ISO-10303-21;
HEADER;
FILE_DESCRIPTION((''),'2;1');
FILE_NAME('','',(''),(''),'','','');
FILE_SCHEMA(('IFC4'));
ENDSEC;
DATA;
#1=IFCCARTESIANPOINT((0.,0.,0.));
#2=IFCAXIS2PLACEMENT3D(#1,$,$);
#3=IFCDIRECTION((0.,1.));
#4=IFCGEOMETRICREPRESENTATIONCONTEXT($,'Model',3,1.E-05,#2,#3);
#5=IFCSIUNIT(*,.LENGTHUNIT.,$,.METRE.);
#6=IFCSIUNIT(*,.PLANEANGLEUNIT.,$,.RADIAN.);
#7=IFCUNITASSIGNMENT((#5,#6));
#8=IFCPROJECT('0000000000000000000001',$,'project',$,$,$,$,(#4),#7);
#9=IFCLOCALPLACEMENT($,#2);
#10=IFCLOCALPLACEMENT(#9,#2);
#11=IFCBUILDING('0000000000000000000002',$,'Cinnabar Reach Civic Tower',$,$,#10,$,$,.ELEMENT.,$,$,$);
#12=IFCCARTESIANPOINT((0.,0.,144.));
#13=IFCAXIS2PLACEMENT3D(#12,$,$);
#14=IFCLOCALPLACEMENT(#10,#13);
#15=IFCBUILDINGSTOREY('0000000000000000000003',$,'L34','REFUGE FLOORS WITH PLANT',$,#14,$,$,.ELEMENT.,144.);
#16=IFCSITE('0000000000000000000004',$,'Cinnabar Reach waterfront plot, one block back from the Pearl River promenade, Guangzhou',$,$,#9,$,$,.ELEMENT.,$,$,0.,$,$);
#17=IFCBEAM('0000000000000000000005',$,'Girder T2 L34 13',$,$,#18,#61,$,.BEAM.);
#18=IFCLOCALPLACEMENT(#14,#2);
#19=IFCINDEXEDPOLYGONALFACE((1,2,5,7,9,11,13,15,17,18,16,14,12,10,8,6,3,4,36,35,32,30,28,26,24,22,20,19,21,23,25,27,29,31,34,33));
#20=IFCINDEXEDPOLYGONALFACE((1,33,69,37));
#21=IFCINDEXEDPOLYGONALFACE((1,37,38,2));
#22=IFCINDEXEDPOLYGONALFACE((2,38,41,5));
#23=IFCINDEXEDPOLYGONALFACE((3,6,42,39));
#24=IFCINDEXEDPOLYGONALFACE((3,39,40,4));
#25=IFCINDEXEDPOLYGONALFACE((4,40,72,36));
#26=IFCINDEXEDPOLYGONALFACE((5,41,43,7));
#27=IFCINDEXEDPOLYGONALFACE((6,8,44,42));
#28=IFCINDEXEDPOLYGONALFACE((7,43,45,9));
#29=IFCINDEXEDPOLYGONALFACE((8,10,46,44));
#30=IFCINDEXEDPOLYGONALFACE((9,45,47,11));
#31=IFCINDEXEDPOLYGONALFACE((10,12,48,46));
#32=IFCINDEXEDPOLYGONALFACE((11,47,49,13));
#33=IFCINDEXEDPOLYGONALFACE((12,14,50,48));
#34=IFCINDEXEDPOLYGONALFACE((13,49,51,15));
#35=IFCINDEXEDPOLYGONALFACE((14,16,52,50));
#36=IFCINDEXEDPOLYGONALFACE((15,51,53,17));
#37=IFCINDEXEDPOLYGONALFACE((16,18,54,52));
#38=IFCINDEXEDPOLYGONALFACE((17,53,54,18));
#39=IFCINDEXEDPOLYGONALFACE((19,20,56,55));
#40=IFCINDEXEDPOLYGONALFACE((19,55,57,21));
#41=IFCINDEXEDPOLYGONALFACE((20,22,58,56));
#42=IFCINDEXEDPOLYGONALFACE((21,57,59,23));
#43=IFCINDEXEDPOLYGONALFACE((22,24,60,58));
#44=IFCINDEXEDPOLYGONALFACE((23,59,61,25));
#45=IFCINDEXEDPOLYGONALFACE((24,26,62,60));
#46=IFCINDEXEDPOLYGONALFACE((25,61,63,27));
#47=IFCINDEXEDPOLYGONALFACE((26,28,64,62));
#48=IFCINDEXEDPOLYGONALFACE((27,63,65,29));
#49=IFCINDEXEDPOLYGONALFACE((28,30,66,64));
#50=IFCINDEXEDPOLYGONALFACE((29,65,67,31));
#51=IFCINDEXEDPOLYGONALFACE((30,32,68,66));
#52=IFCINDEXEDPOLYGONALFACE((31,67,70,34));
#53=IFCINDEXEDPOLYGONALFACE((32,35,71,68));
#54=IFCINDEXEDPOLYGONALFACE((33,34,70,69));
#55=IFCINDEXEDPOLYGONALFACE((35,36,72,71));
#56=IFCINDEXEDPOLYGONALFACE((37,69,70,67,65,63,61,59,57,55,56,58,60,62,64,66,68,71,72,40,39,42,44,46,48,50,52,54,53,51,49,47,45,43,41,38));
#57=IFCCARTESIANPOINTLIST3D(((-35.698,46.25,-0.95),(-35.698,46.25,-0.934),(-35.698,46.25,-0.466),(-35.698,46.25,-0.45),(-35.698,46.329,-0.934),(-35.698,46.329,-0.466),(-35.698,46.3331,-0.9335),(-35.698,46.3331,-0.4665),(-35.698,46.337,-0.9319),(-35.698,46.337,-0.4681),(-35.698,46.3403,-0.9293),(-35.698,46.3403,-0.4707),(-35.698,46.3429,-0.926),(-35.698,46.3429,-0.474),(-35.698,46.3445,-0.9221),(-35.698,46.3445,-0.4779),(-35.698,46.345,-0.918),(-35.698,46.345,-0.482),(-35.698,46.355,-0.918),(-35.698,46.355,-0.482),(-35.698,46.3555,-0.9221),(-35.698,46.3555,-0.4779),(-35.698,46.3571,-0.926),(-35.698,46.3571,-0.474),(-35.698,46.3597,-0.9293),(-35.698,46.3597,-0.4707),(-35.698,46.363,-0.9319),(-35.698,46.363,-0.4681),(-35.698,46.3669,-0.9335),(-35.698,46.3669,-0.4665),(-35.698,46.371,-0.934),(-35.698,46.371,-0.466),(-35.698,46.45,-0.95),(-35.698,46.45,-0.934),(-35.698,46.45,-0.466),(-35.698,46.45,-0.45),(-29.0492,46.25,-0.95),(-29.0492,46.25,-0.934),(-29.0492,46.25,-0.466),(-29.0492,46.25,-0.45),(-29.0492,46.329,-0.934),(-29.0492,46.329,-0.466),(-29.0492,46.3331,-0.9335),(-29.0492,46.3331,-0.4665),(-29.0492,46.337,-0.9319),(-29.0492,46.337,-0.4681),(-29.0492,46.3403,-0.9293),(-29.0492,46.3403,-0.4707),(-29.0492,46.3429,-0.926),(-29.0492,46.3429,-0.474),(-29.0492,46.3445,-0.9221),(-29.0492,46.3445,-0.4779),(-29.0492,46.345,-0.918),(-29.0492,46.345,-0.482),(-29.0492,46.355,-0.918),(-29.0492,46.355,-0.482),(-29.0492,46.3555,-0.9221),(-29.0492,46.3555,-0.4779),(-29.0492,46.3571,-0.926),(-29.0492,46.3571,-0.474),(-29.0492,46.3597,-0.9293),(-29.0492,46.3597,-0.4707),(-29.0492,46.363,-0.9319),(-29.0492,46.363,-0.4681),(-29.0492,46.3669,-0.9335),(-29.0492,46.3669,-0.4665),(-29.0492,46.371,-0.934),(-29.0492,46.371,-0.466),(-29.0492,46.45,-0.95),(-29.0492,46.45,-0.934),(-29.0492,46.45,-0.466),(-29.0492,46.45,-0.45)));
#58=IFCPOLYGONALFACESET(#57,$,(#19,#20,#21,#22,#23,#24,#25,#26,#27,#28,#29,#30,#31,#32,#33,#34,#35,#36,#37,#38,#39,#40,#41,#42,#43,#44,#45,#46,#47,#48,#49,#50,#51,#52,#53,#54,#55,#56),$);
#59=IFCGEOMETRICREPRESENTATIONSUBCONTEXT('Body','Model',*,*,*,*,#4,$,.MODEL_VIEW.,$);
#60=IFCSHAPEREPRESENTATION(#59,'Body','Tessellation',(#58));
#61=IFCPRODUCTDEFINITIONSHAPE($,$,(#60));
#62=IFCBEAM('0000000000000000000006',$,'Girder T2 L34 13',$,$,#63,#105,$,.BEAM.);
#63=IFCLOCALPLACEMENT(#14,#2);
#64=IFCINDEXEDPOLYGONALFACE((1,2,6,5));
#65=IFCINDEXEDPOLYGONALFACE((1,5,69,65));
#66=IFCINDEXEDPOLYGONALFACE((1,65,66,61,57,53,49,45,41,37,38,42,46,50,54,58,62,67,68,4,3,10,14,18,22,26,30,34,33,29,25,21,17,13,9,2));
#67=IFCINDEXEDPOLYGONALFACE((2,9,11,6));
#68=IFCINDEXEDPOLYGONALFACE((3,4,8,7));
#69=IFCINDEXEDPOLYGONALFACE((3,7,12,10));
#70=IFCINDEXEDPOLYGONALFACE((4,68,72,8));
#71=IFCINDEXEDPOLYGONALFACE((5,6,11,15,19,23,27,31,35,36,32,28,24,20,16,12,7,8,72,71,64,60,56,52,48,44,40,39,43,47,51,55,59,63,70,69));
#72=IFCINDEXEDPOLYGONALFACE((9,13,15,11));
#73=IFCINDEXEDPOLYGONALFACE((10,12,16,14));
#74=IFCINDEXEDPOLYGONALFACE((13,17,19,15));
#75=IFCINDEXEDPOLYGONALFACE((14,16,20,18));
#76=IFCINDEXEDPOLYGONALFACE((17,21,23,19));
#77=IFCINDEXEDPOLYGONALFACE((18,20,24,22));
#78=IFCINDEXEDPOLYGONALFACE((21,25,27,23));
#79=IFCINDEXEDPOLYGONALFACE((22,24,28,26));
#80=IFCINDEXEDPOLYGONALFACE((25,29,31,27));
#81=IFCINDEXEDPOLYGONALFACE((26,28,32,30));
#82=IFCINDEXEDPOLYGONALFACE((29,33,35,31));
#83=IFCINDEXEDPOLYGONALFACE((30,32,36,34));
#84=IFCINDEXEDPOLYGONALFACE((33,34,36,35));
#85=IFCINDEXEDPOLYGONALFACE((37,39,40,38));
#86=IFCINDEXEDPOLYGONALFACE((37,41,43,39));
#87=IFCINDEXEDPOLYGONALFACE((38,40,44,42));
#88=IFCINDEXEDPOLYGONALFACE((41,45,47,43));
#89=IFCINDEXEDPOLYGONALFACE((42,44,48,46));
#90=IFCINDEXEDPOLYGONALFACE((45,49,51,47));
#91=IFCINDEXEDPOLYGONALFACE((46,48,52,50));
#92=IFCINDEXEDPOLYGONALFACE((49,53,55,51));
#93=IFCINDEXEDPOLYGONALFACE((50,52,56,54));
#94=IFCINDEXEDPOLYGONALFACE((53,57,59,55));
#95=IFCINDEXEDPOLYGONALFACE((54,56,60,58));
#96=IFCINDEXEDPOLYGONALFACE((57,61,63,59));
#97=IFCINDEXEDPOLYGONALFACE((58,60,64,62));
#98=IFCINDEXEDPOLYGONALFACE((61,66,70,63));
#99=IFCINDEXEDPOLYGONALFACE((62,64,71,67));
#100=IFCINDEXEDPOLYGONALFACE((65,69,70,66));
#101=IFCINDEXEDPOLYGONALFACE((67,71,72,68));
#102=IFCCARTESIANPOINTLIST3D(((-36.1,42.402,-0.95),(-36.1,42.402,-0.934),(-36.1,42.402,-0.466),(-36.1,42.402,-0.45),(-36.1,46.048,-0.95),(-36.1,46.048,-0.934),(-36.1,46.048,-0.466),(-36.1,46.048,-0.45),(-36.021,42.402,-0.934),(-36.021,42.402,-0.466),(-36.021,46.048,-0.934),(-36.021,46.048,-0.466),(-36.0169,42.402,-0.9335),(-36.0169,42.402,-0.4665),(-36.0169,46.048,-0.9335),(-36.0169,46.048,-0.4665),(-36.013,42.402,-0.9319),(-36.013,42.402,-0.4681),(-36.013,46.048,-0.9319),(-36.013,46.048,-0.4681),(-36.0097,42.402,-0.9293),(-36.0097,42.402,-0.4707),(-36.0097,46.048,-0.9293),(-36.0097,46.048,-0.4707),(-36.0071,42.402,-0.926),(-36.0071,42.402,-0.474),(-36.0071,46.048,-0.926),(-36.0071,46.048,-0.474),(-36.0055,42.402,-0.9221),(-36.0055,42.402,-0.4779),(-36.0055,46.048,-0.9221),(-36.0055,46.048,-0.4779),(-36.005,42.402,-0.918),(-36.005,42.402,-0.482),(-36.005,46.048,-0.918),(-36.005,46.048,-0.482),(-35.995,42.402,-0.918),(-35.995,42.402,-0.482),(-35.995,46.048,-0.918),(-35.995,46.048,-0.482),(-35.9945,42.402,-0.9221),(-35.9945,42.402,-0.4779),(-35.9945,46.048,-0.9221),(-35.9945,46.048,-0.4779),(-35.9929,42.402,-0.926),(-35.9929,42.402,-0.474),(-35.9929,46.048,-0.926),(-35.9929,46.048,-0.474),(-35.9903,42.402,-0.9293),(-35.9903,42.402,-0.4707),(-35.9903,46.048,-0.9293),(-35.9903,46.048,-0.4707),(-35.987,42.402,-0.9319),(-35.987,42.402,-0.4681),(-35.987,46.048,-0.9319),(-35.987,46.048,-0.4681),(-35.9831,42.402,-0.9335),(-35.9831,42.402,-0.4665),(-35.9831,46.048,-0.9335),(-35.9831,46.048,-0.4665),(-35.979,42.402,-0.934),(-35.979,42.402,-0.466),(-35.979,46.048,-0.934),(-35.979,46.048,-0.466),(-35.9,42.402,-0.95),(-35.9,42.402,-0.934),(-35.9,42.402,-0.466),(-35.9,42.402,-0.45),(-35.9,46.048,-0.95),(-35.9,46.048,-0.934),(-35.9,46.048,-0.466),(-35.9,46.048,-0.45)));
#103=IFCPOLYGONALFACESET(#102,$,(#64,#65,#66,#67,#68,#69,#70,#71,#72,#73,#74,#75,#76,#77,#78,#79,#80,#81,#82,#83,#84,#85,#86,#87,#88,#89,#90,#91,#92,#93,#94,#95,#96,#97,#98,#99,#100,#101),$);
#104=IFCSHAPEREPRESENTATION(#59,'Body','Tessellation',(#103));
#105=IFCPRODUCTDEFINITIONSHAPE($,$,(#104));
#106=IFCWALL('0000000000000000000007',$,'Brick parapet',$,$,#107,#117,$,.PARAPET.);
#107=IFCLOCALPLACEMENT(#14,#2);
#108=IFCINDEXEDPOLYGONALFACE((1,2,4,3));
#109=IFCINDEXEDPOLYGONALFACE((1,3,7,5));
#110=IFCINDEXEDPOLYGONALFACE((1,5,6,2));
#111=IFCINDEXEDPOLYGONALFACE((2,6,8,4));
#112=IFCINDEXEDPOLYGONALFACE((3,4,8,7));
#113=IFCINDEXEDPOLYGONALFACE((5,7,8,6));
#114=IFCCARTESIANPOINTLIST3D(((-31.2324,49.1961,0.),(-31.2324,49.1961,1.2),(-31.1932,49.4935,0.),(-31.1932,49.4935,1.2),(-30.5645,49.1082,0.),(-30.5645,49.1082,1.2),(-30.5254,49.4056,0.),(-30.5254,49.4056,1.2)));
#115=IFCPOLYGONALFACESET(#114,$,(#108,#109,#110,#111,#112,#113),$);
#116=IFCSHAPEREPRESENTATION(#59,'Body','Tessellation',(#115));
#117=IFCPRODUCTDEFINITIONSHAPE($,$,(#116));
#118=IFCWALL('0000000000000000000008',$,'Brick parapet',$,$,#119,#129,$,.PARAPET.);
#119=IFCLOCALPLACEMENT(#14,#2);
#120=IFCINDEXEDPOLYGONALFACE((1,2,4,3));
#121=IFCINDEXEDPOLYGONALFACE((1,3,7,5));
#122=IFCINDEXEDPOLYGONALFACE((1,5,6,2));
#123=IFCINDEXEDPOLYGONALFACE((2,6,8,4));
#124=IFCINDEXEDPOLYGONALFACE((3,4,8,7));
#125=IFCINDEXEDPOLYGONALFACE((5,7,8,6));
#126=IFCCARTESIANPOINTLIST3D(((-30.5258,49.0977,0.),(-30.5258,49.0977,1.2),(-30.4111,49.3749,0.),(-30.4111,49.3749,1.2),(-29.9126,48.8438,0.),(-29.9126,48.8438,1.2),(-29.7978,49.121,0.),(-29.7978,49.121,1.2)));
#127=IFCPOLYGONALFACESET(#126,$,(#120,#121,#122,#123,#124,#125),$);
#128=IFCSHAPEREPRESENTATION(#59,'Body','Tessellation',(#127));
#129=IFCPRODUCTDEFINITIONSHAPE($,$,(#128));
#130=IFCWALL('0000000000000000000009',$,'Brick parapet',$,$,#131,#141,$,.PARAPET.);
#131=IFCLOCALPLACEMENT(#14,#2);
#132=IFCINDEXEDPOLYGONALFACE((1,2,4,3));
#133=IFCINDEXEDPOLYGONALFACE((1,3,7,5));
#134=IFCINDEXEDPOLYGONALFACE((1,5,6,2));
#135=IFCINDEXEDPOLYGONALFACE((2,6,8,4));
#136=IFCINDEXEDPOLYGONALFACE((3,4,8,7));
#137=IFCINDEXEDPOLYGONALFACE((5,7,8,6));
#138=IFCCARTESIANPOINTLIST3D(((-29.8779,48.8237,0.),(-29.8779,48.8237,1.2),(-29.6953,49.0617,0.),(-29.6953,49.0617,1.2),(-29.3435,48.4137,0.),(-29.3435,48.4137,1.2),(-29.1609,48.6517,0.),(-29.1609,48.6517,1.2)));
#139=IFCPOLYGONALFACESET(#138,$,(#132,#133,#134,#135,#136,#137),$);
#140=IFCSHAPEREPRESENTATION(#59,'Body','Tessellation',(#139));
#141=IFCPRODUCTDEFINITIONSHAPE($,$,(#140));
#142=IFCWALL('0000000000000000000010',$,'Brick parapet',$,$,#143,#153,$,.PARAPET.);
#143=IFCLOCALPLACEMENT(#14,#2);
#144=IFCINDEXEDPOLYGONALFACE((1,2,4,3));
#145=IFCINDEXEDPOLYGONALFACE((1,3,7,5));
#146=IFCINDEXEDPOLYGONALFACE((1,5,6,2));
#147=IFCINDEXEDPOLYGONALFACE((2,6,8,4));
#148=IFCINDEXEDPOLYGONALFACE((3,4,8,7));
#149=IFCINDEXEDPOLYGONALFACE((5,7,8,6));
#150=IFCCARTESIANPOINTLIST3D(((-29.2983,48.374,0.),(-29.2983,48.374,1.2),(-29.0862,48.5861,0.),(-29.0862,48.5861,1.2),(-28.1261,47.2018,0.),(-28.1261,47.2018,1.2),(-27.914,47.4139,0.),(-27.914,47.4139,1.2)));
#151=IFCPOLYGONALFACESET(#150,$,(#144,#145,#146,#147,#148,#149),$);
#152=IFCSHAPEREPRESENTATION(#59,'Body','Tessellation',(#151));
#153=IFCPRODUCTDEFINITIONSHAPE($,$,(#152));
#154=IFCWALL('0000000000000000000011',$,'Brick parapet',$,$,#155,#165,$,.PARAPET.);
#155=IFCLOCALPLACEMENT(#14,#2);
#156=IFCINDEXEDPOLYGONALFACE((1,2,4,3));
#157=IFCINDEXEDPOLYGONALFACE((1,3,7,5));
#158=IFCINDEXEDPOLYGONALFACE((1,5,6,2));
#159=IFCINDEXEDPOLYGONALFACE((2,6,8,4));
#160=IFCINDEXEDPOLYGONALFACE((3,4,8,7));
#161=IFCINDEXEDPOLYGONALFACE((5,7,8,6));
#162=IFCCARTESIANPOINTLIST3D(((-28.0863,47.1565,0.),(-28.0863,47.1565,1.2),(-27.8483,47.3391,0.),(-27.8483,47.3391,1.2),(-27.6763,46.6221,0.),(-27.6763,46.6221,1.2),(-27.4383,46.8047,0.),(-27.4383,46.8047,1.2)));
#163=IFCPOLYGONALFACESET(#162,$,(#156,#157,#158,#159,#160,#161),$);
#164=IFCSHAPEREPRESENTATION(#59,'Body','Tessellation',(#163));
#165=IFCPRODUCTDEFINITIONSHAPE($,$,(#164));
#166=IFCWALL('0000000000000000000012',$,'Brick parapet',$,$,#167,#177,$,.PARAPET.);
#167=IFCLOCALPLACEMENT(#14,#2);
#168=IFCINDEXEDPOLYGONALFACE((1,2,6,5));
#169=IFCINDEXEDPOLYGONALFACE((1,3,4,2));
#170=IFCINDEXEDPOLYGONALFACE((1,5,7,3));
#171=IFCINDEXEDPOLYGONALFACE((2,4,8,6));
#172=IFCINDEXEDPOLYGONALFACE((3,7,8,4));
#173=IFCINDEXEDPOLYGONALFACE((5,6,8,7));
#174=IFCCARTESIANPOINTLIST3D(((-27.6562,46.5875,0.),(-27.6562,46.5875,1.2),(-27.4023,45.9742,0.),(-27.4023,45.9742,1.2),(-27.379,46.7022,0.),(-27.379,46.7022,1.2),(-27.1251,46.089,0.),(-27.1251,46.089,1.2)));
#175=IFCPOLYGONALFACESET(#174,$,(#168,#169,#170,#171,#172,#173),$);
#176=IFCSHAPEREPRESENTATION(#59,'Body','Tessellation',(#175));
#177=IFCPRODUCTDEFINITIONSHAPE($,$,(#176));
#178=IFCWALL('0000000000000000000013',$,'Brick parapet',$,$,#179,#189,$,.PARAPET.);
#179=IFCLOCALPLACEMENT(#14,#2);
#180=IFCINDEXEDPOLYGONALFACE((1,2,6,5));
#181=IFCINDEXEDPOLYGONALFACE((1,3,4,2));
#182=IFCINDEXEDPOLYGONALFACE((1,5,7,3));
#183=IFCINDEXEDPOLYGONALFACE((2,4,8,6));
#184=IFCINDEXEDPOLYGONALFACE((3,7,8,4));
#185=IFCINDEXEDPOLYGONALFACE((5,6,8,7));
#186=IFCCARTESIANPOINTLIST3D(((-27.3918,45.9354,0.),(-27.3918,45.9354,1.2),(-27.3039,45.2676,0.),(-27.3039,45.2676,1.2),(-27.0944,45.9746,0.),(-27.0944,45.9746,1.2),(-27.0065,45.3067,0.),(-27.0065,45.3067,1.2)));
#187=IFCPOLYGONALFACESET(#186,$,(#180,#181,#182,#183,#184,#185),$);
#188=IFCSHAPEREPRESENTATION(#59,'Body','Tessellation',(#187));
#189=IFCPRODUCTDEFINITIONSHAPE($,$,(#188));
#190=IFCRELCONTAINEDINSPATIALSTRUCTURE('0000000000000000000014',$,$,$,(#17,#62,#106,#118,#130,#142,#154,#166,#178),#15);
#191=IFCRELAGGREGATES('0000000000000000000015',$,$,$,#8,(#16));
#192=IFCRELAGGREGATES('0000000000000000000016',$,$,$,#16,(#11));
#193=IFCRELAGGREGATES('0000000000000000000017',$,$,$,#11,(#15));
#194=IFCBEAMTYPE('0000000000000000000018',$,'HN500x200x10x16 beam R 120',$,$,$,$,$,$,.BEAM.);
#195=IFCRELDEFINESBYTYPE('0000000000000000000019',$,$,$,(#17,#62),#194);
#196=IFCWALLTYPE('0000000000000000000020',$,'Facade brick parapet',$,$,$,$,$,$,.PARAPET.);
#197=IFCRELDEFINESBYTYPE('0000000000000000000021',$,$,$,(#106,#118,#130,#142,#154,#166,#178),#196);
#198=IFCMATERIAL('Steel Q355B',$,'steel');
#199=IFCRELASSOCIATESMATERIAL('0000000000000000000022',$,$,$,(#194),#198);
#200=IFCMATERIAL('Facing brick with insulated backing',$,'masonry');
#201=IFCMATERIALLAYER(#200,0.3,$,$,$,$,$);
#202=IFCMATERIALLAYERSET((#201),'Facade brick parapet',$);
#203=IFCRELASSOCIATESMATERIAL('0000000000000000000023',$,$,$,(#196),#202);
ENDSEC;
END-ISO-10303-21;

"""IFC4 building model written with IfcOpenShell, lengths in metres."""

from ifc_helpers import new_model, si_unit, direction, frame, frame_2d, origin, origin_2d, place, context, subcontext, project, spatial, rectangle, i_section, extrude, material, layer, layer_set, material_profile, profile_set, type_object, element, save


model = new_model("IFC4")

# Units and contexts
model_context = context("Model", 3, precision=1e-05, world=origin(), true_north=direction((0.0, 1.0)))
body_context = subcontext(model_context, "Body", "Model", "MODEL_VIEW")
ifc_project = project(units=[si_unit("LENGTHUNIT", "METRE"), si_unit("PLANEANGLEUNIT", "RADIAN")], contexts=[model_context])

# Site, building, storey
site_placement = place(None, origin())
site = spatial("IfcSite", under=ifc_project, at=site_placement, Name="Cinnabar Reach waterfront plot, one block back from the Pearl River promenade, Guangzhou", CompositionType="ELEMENT", RefElevation=0.0)
building_placement = place(site_placement, origin())
building = spatial("IfcBuilding", under=site, at=building_placement, Name="Cinnabar Reach Civic Tower", CompositionType="ELEMENT")
storey_placement = place(building_placement, frame((0.0, 0.0, 144.0)))
storey = spatial("IfcBuildingStorey", under=building, at=storey_placement, Name="L34", Description="REFUGE FLOORS WITH PLANT", CompositionType="ELEMENT", Elevation=144.0)

# Beams
ifc_material_1 = material(Name="Steel Q355B", Category="steel")
ifc_material_profile_1 = material_profile(ifc_material_1, i_section(OverallWidth=0.2, OverallDepth=0.5, WebThickness=0.01, FlangeThickness=0.016, FilletRadius=0.016, at=origin_2d()), Name="HN500x200x10x16")
ifc_profile_set_1 = profile_set([ifc_material_profile_1], Name="Steel Q355B")
beam_type_1 = type_object("IfcBeamType", Name="HN500x200x10x16 beam R 120", PredefinedType="BEAM", material=ifc_profile_set_1)
beam_1_placement = place(storey_placement, frame((-35.698, 46.35, -0.7), z_axis=(1.0, 0.0, 0.0), x_axis=(0.0, 1.0, 0.0)))
element("IfcBeam", 1, at=beam_1_placement, inside=storey, type_object=beam_type_1, Name="Girder T2 L34 13", PredefinedType="BEAM", context=body_context, shape_type="SweptSolid", body=[
    extrude(i_section(OverallWidth=0.2, OverallDepth=0.5, WebThickness=0.01, FlangeThickness=0.016, FilletRadius=0.016, at=origin_2d()), origin(), (0.0, 0.0, 1.0), 6.6488),
])
beam_2_placement = place(storey_placement, frame((-36.0, 42.402, -0.7), z_axis=(0.0, 1.0, 0.0), x_axis=(-1.0, 0.0, 0.0)))
element("IfcBeam", 2, at=beam_2_placement, inside=storey, type_object=beam_type_1, Name="Girder T2 L34 13", PredefinedType="BEAM", context=body_context, shape_type="SweptSolid", body=[
    extrude(i_section(OverallWidth=0.2, OverallDepth=0.5, WebThickness=0.01, FlangeThickness=0.016, FilletRadius=0.016, at=origin_2d()), origin(), (0.0, 0.0, 1.0), 3.646),
])

# Walls
ifc_material_2 = material(Name="Facing brick with insulated backing", Category="masonry")
ifc_layer_1 = layer(ifc_material_2, 0.3)
ifc_layer_set_1 = layer_set([ifc_layer_1], Name="Facade brick parapet")
wall_type_1 = type_object("IfcWallType", Name="Facade brick parapet", PredefinedType="PARAPET", material=ifc_layer_set_1)
wall_1_placement = place(storey_placement, frame((-31.2128, 49.3448, 0.0), z_axis=(0.0, 0.0, 1.0), x_axis=(0.991448, -0.130501, 0.0)))
element("IfcWall", 3, at=wall_1_placement, inside=storey, type_object=wall_type_1, Name="Brick parapet", PredefinedType="PARAPET", context=body_context, shape_type="SweptSolid", body=[
    extrude(rectangle(XDim=0.6736, YDim=0.3, at=frame_2d((0.3368, 0.0))), origin(), (0.0, 0.0, 1.0), 1.2),
])
wall_2_placement = place(storey_placement, frame((-30.4684, 49.2363, 0.0), z_axis=(0.0, 0.0, 1.0), x_axis=(0.923931, -0.38256, 0.0)))
element("IfcWall", 4, at=wall_2_placement, inside=storey, type_object=wall_type_1, Name="Brick parapet", PredefinedType="PARAPET", context=body_context, shape_type="SweptSolid", body=[
    extrude(rectangle(XDim=0.6637, YDim=0.3, at=frame_2d((0.3318, 0.0))), origin(), (0.0, 0.0, 1.0), 1.2),
])
wall_3_placement = place(storey_placement, frame((-29.7866, 48.9427, 0.0), z_axis=(0.0, 0.0, 1.0), x_axis=(0.793396, -0.608706, 0.0)))
element("IfcWall", 5, at=wall_3_placement, inside=storey, type_object=wall_type_1, Name="Brick parapet", PredefinedType="PARAPET", context=body_context, shape_type="SweptSolid", body=[
    extrude(rectangle(XDim=0.6736, YDim=0.3, at=frame_2d((0.3368, 0.0))), origin(), (0.0, 0.0, 1.0), 1.2),
])
wall_4_placement = place(storey_placement, frame((-29.1922, 48.48, 0.0), z_axis=(0.0, 0.0, 1.0), x_axis=(0.707107, -0.707107, 0.0)))
element("IfcWall", 6, at=wall_4_placement, inside=storey, type_object=wall_type_1, Name="Brick parapet", PredefinedType="PARAPET", context=body_context, shape_type="SweptSolid", body=[
    extrude(rectangle(XDim=1.6577, YDim=0.3, at=frame_2d((0.8288, 0.0))), origin(), (0.0, 0.0, 1.0), 1.2),
])
wall_5_placement = place(storey_placement, frame((-27.9673, 47.2478, 0.0), z_axis=(0.0, 0.0, 1.0), x_axis=(0.608706, -0.793396, 0.0)))
element("IfcWall", 7, at=wall_5_placement, inside=storey, type_object=wall_type_1, Name="Brick parapet", PredefinedType="PARAPET", context=body_context, shape_type="SweptSolid", body=[
    extrude(rectangle(XDim=0.6736, YDim=0.3, at=frame_2d((0.3368, 0.0))), origin(), (0.0, 0.0, 1.0), 1.2),
])
wall_6_placement = place(storey_placement, frame((-27.5176, 46.6448, 0.0), z_axis=(0.0, 0.0, 1.0), x_axis=(0.38256, -0.923931, 0.0)))
element("IfcWall", 8, at=wall_6_placement, inside=storey, type_object=wall_type_1, Name="Brick parapet", PredefinedType="PARAPET", context=body_context, shape_type="SweptSolid", body=[
    extrude(rectangle(XDim=0.6637, YDim=0.3, at=frame_2d((0.3318, 0.0))), origin(), (0.0, 0.0, 1.0), 1.2),
])
wall_7_placement = place(storey_placement, frame((-27.2431, 45.955, 0.0), z_axis=(0.0, 0.0, 1.0), x_axis=(0.130501, -0.991448, 0.0)))
element("IfcWall", 9, at=wall_7_placement, inside=storey, type_object=wall_type_1, Name="Brick parapet", PredefinedType="PARAPET", context=body_context, shape_type="SweptSolid", body=[
    extrude(rectangle(XDim=0.6736, YDim=0.3, at=frame_2d((0.3368, 0.0))), origin(), (0.0, 0.0, 1.0), 1.2),
])

save(model, "model.ifc")
